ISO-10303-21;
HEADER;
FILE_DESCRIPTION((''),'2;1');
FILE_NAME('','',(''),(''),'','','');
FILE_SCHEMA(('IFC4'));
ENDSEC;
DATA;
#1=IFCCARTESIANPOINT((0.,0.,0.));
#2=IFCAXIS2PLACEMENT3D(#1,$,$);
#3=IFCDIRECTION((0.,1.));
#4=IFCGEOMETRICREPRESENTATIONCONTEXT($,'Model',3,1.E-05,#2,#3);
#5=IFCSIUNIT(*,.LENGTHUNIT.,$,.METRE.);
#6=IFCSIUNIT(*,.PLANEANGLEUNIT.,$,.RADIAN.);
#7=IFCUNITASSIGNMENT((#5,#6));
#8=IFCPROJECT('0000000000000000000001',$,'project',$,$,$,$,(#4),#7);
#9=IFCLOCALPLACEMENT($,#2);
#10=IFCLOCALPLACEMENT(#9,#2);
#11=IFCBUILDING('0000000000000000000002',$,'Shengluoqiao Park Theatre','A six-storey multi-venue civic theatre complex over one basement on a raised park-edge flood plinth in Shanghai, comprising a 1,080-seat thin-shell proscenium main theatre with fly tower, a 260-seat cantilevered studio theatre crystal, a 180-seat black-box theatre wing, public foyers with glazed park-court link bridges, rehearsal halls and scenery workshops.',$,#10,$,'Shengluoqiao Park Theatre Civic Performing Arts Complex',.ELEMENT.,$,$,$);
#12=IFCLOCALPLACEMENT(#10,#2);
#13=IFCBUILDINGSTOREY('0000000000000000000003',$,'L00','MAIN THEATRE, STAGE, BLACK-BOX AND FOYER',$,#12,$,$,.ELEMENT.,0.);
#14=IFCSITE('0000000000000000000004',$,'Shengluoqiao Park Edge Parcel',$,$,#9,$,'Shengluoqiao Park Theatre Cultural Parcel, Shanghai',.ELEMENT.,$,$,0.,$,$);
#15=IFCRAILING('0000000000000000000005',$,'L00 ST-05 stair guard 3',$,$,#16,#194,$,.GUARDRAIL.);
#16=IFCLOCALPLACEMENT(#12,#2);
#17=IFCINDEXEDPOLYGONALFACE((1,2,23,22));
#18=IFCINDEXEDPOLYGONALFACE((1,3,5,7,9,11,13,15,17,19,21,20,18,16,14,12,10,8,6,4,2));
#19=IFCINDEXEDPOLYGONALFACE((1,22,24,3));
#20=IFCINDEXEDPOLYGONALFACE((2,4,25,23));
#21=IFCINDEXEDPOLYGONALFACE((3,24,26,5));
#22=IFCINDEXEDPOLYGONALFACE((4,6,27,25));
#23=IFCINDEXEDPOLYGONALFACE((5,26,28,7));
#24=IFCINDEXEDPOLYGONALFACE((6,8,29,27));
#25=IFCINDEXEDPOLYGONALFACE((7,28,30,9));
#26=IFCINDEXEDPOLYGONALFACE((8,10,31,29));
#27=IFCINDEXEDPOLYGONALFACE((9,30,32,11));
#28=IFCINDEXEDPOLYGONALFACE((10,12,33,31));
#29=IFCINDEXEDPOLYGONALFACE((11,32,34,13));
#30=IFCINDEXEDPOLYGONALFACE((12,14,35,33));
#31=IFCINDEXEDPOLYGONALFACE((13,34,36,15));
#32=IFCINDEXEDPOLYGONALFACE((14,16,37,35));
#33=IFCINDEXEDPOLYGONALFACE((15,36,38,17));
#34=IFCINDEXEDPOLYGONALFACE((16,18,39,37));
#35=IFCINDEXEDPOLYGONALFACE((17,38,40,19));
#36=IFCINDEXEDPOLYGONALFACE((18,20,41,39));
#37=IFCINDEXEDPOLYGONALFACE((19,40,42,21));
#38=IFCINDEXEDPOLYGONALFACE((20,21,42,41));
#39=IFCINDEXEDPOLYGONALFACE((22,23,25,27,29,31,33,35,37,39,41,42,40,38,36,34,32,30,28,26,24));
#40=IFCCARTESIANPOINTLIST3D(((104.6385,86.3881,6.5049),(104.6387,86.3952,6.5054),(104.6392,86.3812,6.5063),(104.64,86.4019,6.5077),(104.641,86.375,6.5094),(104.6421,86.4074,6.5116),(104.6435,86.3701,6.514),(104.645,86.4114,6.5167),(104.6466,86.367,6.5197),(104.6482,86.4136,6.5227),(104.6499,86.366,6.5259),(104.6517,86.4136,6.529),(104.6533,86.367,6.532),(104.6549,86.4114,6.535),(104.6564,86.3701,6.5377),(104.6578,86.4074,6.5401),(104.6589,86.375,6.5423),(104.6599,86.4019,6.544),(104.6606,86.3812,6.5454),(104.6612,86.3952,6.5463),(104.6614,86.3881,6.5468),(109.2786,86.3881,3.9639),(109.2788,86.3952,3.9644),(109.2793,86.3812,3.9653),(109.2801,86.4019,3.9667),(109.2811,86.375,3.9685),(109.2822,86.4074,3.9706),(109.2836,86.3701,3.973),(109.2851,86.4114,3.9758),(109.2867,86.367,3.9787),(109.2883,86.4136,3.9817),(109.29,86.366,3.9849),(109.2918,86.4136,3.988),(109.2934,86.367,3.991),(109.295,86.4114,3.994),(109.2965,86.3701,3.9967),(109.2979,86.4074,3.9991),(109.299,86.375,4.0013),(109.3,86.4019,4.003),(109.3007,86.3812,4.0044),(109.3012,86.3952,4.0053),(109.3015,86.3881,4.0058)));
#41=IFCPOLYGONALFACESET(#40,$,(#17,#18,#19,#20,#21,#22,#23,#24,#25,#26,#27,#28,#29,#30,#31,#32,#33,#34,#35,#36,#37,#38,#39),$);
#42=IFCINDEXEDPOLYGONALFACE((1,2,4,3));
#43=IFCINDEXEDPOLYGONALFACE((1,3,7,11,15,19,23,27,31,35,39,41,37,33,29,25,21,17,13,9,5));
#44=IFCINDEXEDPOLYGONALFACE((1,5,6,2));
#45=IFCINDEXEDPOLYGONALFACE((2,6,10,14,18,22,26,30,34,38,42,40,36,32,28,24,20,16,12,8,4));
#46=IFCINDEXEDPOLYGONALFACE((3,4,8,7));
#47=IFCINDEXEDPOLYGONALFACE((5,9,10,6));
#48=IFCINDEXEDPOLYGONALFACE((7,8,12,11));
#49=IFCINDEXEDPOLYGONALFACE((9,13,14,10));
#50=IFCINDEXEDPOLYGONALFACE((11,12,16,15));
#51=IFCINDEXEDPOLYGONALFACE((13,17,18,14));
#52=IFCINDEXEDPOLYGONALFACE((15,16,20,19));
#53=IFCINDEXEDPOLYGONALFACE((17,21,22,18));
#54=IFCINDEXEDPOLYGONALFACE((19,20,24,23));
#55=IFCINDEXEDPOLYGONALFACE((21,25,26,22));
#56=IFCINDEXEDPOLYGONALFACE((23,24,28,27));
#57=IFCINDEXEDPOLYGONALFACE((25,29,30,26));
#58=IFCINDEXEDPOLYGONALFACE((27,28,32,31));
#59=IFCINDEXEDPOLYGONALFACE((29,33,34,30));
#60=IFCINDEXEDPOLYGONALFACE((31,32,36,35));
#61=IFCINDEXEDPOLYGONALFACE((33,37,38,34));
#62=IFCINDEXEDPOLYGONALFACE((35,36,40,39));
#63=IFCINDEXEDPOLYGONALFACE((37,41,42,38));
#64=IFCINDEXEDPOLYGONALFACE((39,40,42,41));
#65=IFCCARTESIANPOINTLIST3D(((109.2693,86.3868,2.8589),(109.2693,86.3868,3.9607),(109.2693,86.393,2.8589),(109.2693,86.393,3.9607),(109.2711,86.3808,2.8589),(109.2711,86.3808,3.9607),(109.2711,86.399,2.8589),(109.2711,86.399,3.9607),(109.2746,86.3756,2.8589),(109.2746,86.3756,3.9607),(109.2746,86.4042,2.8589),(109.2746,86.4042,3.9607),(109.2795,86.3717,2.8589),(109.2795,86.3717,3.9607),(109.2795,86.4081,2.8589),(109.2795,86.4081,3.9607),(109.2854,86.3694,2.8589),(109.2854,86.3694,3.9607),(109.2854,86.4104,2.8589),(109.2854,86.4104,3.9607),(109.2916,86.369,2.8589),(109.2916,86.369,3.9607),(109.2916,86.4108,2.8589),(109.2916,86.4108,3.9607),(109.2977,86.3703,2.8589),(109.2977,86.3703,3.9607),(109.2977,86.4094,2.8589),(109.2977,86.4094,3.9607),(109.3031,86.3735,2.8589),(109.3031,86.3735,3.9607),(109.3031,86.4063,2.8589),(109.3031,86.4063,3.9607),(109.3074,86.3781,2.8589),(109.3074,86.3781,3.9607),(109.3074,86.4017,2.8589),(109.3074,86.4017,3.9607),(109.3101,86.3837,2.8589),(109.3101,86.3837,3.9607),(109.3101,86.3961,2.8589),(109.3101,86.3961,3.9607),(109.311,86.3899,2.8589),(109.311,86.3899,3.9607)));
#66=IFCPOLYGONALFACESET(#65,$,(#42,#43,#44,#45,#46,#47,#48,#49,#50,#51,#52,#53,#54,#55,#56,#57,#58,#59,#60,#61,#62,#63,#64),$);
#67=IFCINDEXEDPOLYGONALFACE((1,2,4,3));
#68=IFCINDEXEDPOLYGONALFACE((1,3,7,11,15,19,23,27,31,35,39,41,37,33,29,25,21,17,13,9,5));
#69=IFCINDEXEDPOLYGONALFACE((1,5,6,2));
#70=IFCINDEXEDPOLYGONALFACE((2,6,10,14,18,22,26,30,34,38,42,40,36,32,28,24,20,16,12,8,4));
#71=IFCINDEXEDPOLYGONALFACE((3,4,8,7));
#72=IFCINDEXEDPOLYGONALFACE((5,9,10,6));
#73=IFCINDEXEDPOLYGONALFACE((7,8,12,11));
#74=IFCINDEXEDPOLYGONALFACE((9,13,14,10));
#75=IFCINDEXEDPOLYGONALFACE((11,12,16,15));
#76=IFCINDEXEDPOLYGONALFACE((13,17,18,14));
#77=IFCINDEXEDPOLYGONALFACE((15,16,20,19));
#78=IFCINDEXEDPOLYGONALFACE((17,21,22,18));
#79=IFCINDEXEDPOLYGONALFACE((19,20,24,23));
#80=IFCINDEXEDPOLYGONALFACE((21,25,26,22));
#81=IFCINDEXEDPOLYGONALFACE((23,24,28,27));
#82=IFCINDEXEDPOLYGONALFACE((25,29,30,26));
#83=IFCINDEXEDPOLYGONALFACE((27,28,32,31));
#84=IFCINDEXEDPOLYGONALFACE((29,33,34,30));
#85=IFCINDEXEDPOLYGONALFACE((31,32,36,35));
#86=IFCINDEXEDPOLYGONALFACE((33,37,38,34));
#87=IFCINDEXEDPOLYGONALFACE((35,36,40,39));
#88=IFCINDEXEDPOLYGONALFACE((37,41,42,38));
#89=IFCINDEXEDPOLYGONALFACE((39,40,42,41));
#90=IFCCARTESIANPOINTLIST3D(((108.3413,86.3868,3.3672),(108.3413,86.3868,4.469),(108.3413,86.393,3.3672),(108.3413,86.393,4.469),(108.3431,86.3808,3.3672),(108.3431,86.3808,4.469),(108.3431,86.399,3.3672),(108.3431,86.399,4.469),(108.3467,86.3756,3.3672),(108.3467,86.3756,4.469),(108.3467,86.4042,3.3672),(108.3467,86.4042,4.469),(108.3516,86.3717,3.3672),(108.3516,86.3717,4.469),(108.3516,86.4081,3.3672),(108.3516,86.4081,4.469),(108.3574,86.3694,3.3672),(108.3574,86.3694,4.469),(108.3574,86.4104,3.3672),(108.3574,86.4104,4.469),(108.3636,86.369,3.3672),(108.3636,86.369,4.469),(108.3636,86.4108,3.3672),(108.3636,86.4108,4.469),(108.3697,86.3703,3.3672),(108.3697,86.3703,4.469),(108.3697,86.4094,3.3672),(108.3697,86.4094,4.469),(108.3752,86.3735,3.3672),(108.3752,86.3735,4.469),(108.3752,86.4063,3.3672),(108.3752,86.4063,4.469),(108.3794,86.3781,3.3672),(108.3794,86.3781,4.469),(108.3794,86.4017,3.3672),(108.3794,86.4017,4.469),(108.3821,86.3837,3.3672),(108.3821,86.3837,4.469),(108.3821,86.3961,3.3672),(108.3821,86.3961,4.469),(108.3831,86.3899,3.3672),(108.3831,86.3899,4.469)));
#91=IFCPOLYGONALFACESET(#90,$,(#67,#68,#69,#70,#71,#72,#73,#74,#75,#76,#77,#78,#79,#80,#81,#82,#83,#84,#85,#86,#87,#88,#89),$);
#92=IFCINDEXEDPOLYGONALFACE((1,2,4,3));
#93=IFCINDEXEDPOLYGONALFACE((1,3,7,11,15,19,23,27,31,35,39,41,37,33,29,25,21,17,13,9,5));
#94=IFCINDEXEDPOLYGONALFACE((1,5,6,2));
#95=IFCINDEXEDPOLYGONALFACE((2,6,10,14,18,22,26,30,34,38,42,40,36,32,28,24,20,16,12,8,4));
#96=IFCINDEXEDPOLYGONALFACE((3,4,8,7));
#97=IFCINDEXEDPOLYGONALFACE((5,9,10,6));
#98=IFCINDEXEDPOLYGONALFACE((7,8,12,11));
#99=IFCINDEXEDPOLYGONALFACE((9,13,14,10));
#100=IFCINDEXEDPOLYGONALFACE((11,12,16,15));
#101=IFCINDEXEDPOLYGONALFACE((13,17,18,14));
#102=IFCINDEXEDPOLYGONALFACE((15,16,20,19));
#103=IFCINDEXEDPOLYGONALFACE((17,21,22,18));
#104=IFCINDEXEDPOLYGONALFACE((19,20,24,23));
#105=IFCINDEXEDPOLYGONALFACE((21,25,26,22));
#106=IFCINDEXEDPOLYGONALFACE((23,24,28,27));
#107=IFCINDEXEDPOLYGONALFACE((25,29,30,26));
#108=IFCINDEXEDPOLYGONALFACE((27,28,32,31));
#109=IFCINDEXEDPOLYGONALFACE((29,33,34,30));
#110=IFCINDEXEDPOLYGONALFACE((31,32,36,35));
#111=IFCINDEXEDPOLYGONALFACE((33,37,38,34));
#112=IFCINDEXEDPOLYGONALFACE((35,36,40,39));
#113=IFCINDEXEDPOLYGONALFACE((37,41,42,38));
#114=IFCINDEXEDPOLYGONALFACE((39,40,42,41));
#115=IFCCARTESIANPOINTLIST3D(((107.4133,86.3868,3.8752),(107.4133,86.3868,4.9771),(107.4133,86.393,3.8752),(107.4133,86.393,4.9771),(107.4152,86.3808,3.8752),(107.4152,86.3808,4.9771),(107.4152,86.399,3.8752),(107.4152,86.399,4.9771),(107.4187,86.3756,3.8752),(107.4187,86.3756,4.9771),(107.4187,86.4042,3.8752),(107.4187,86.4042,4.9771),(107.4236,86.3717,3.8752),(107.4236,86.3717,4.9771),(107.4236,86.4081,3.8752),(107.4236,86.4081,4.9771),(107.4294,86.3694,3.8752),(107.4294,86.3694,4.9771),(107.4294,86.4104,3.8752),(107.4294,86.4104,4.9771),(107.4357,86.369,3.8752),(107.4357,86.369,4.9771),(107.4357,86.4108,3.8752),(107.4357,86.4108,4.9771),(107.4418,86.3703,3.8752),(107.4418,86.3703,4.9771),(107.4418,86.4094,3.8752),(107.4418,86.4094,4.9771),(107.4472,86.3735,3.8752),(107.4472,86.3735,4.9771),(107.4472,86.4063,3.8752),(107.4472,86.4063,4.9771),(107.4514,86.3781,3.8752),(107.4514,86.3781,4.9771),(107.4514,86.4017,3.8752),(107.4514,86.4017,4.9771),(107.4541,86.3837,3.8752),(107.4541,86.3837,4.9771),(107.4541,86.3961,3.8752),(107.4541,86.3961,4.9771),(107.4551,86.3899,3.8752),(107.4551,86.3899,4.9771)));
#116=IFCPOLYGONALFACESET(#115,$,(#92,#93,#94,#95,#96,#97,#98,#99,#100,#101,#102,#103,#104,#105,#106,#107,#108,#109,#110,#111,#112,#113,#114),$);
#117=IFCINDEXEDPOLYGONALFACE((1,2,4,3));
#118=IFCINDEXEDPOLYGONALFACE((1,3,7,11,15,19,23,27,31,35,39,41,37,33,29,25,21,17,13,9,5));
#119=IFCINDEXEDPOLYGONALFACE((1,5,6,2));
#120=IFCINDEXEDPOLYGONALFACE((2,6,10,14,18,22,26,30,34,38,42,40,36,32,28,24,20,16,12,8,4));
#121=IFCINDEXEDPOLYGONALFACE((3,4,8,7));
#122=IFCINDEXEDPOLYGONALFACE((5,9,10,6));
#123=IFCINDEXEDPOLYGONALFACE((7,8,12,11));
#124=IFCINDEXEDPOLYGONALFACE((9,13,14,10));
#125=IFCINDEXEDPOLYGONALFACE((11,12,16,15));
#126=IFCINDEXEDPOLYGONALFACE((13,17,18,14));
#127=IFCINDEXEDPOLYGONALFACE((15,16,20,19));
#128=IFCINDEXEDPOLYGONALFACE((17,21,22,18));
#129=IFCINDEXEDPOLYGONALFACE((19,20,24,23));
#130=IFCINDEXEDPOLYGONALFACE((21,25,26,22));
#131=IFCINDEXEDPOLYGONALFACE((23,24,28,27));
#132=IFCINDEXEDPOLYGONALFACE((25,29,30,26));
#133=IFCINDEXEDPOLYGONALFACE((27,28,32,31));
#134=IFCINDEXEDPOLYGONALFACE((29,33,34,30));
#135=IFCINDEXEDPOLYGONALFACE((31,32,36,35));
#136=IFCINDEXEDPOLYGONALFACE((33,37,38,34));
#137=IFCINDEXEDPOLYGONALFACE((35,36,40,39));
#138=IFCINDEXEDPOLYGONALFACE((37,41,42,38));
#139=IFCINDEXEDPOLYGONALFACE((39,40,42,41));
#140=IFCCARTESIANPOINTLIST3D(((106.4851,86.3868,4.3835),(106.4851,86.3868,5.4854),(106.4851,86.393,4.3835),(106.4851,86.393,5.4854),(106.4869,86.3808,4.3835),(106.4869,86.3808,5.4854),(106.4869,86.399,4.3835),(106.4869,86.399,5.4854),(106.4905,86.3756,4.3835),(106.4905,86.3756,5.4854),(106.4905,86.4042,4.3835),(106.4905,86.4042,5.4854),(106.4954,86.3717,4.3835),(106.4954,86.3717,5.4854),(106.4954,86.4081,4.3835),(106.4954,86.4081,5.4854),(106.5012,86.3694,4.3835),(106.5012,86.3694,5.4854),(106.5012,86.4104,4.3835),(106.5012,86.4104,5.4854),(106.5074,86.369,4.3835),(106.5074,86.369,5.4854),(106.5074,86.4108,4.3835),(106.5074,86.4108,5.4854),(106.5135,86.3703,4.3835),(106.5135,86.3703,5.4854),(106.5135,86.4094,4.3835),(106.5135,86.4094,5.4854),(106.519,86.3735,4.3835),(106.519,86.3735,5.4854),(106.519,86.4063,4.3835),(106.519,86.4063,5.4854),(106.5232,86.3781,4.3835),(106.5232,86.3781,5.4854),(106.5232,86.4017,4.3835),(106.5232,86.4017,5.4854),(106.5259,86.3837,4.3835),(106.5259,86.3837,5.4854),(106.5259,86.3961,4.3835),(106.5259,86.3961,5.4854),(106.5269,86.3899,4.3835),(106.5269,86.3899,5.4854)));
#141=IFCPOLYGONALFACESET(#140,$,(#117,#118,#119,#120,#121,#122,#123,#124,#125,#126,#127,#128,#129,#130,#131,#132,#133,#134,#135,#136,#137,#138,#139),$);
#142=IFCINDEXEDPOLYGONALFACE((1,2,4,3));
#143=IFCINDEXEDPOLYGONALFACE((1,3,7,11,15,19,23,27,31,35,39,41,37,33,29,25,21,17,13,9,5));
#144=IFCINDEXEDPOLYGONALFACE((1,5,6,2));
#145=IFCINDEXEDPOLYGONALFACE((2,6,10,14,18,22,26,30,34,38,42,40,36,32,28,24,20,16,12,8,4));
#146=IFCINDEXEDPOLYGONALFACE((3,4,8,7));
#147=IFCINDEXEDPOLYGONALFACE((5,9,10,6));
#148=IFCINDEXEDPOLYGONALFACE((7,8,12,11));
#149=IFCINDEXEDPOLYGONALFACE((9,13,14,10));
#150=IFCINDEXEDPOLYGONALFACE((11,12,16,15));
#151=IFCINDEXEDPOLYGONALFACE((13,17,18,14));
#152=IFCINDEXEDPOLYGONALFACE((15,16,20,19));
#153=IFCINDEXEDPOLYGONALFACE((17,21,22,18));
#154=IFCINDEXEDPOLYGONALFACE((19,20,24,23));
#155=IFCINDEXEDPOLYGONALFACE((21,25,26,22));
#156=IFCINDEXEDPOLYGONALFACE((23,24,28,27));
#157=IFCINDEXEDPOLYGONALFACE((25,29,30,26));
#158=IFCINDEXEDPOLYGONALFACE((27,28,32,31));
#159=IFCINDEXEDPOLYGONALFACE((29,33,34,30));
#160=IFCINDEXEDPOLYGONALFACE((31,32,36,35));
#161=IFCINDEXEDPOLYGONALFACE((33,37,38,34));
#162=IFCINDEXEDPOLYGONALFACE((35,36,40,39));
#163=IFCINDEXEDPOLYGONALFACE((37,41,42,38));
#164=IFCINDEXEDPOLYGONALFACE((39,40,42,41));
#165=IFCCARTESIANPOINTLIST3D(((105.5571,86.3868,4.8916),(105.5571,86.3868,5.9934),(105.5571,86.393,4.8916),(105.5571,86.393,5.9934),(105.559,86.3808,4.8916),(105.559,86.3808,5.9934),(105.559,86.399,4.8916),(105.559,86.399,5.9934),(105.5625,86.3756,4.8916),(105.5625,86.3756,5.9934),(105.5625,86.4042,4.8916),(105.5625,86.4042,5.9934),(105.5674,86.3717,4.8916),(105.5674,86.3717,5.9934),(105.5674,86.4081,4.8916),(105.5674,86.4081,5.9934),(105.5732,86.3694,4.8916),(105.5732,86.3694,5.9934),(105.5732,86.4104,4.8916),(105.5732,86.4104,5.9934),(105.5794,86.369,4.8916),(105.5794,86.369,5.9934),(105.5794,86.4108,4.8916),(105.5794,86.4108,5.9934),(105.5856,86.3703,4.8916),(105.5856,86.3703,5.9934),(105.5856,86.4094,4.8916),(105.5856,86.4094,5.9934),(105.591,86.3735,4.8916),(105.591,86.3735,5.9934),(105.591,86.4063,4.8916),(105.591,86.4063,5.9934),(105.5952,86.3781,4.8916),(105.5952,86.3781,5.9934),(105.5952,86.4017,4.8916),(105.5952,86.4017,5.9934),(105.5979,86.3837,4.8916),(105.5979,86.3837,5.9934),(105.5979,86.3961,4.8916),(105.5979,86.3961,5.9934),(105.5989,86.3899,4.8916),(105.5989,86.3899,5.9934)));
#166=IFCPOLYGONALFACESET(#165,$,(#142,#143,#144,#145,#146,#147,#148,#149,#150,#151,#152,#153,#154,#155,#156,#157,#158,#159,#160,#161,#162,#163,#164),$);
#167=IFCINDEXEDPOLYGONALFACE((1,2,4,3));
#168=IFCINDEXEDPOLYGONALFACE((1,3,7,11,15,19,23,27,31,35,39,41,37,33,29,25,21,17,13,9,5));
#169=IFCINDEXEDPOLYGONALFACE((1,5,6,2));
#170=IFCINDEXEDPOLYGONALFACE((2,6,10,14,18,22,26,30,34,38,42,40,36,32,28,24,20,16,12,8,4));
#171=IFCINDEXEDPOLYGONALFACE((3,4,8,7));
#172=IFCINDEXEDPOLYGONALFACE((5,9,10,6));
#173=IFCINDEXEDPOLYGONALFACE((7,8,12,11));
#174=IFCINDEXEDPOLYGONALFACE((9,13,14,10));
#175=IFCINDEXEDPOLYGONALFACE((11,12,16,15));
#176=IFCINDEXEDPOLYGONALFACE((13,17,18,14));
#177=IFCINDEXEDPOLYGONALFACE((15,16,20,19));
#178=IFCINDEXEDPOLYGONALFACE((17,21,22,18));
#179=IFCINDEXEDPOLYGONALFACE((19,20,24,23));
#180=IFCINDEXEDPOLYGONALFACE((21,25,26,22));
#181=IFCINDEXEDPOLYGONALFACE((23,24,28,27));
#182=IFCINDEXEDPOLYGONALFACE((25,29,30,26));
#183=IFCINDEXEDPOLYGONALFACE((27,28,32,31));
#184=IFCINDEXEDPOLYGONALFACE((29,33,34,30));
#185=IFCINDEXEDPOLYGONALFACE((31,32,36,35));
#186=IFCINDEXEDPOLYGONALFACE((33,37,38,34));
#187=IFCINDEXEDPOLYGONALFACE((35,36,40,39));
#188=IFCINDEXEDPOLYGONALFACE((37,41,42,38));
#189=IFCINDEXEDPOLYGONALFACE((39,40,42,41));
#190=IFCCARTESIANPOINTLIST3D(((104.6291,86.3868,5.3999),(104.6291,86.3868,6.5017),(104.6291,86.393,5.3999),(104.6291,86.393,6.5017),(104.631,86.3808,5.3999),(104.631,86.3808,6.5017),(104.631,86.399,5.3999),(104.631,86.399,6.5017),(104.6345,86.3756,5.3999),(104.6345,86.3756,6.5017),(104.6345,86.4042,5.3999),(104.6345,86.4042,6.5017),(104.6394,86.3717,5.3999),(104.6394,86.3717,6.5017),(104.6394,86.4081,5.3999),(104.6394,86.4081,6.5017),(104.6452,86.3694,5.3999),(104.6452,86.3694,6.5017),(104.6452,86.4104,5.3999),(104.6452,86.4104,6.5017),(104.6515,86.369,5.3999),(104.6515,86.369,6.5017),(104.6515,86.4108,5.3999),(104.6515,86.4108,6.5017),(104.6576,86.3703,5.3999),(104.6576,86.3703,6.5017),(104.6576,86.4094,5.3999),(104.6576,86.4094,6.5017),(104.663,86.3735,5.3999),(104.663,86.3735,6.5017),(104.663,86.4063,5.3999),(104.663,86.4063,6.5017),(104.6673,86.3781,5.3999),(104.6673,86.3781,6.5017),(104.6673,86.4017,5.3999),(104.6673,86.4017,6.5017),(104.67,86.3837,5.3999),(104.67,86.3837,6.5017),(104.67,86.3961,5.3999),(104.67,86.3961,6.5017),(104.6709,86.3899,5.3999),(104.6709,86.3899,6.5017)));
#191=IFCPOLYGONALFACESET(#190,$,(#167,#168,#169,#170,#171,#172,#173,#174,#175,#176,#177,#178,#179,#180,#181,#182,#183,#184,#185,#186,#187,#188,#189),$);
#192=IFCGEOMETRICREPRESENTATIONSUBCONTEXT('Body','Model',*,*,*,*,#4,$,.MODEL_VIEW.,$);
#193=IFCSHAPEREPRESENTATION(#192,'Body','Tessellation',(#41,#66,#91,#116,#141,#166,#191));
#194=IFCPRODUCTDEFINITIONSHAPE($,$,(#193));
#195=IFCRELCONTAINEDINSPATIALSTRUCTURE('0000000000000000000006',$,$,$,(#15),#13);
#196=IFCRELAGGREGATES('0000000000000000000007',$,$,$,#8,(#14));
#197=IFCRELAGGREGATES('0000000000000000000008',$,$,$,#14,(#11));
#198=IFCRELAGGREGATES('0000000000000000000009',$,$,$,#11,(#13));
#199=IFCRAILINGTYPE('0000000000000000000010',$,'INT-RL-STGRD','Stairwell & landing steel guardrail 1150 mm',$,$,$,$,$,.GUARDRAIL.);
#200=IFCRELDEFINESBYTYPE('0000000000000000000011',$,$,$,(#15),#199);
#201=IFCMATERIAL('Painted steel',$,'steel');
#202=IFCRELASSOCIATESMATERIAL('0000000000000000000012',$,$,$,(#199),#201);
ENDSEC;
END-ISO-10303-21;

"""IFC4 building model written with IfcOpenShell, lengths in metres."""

from ifc_helpers import new_model, si_unit, direction, frame, origin, origin_2d, place, context, subcontext, project, spatial, circle, extrude, material, type_object, element, save


model = new_model("IFC4")

# Units and contexts
model_context = context("Model", 3, precision=1e-05, world=origin(), true_north=direction((0.0, 1.0)))
body_context = subcontext(model_context, "Body", "Model", "MODEL_VIEW")
ifc_project = project(units=[si_unit("LENGTHUNIT", "METRE"), si_unit("PLANEANGLEUNIT", "RADIAN")], contexts=[model_context])

# Site, building, storey
site_placement = place(None, origin())
site = spatial("IfcSite", under=ifc_project, at=site_placement, Name="Shengluoqiao Park Edge Parcel", LongName="Shengluoqiao Park Theatre Cultural Parcel, Shanghai", CompositionType="ELEMENT", RefElevation=0.0)
building_placement = place(site_placement, origin())
building = spatial("IfcBuilding", under=site, at=building_placement, Name="Shengluoqiao Park Theatre", Description="A six-storey multi-venue civic theatre complex over one basement on a raised park-edge flood plinth in Shanghai, comprising a 1,080-seat thin-shell proscenium main theatre with fly tower, a 260-seat cantilevered studio theatre crystal, a 180-seat black-box theatre wing, public foyers with glazed park-court link bridges, rehearsal halls and scenery workshops.", LongName="Shengluoqiao Park Theatre Civic Performing Arts Complex", CompositionType="ELEMENT")
storey_placement = place(building_placement, origin())
storey = spatial("IfcBuildingStorey", under=building, at=storey_placement, Name="L00", Description="MAIN THEATRE, STAGE, BLACK-BOX AND FOYER", CompositionType="ELEMENT", Elevation=0.0)

# Railing
ifc_material_1 = material(Name="Painted steel", Category="steel")
railing_type_1 = type_object("IfcRailingType", Name="INT-RL-STGRD", Description="Stairwell & landing steel guardrail 1150 mm", PredefinedType="GUARDRAIL", material=ifc_material_1)
railing_1_placement = place(storey_placement, frame((109.29, 86.3899, 2.8589)))
element("IfcRailing", 1, at=railing_1_placement, inside=storey, type_object=railing_type_1, Name="L00 ST-05 stair guard 3", PredefinedType="GUARDRAIL", context=body_context, shape_type="SweptSolid", body=[
    extrude(circle(Radius=0.0239, at=origin_2d()), frame((0.0, 0.0, 1.126), z_axis=(-0.877097, 0.0, 0.480313), x_axis=(0.0, -1.0, 0.0)), (0.0, 0.0, 1.0), 5.2903),
    extrude(circle(Radius=0.021, at=origin_2d()), origin(), (0.0, 0.0, 1.0), 1.1018),
    extrude(circle(Radius=0.021, at=origin_2d()), frame((-0.928, 0.0, 0.5083)), (0.0, 0.0, 1.0), 1.1018),
    extrude(circle(Radius=0.021, at=origin_2d()), frame((-1.856, 0.0, 1.0164)), (0.0, 0.0, 1.0), 1.1018),
    extrude(circle(Radius=0.021, at=origin_2d()), frame((-2.7842, 0.0, 1.5247)), (0.0, 0.0, 1.0), 1.1018),
    extrude(circle(Radius=0.021, at=origin_2d()), frame((-3.7122, 0.0, 2.0327)), (0.0, 0.0, 1.0), 1.1018),
    extrude(circle(Radius=0.021, at=origin_2d()), frame((-4.6401, 0.0, 2.541)), (0.0, 0.0, 1.0), 1.1018),
])

save(model, "model.ifc")
